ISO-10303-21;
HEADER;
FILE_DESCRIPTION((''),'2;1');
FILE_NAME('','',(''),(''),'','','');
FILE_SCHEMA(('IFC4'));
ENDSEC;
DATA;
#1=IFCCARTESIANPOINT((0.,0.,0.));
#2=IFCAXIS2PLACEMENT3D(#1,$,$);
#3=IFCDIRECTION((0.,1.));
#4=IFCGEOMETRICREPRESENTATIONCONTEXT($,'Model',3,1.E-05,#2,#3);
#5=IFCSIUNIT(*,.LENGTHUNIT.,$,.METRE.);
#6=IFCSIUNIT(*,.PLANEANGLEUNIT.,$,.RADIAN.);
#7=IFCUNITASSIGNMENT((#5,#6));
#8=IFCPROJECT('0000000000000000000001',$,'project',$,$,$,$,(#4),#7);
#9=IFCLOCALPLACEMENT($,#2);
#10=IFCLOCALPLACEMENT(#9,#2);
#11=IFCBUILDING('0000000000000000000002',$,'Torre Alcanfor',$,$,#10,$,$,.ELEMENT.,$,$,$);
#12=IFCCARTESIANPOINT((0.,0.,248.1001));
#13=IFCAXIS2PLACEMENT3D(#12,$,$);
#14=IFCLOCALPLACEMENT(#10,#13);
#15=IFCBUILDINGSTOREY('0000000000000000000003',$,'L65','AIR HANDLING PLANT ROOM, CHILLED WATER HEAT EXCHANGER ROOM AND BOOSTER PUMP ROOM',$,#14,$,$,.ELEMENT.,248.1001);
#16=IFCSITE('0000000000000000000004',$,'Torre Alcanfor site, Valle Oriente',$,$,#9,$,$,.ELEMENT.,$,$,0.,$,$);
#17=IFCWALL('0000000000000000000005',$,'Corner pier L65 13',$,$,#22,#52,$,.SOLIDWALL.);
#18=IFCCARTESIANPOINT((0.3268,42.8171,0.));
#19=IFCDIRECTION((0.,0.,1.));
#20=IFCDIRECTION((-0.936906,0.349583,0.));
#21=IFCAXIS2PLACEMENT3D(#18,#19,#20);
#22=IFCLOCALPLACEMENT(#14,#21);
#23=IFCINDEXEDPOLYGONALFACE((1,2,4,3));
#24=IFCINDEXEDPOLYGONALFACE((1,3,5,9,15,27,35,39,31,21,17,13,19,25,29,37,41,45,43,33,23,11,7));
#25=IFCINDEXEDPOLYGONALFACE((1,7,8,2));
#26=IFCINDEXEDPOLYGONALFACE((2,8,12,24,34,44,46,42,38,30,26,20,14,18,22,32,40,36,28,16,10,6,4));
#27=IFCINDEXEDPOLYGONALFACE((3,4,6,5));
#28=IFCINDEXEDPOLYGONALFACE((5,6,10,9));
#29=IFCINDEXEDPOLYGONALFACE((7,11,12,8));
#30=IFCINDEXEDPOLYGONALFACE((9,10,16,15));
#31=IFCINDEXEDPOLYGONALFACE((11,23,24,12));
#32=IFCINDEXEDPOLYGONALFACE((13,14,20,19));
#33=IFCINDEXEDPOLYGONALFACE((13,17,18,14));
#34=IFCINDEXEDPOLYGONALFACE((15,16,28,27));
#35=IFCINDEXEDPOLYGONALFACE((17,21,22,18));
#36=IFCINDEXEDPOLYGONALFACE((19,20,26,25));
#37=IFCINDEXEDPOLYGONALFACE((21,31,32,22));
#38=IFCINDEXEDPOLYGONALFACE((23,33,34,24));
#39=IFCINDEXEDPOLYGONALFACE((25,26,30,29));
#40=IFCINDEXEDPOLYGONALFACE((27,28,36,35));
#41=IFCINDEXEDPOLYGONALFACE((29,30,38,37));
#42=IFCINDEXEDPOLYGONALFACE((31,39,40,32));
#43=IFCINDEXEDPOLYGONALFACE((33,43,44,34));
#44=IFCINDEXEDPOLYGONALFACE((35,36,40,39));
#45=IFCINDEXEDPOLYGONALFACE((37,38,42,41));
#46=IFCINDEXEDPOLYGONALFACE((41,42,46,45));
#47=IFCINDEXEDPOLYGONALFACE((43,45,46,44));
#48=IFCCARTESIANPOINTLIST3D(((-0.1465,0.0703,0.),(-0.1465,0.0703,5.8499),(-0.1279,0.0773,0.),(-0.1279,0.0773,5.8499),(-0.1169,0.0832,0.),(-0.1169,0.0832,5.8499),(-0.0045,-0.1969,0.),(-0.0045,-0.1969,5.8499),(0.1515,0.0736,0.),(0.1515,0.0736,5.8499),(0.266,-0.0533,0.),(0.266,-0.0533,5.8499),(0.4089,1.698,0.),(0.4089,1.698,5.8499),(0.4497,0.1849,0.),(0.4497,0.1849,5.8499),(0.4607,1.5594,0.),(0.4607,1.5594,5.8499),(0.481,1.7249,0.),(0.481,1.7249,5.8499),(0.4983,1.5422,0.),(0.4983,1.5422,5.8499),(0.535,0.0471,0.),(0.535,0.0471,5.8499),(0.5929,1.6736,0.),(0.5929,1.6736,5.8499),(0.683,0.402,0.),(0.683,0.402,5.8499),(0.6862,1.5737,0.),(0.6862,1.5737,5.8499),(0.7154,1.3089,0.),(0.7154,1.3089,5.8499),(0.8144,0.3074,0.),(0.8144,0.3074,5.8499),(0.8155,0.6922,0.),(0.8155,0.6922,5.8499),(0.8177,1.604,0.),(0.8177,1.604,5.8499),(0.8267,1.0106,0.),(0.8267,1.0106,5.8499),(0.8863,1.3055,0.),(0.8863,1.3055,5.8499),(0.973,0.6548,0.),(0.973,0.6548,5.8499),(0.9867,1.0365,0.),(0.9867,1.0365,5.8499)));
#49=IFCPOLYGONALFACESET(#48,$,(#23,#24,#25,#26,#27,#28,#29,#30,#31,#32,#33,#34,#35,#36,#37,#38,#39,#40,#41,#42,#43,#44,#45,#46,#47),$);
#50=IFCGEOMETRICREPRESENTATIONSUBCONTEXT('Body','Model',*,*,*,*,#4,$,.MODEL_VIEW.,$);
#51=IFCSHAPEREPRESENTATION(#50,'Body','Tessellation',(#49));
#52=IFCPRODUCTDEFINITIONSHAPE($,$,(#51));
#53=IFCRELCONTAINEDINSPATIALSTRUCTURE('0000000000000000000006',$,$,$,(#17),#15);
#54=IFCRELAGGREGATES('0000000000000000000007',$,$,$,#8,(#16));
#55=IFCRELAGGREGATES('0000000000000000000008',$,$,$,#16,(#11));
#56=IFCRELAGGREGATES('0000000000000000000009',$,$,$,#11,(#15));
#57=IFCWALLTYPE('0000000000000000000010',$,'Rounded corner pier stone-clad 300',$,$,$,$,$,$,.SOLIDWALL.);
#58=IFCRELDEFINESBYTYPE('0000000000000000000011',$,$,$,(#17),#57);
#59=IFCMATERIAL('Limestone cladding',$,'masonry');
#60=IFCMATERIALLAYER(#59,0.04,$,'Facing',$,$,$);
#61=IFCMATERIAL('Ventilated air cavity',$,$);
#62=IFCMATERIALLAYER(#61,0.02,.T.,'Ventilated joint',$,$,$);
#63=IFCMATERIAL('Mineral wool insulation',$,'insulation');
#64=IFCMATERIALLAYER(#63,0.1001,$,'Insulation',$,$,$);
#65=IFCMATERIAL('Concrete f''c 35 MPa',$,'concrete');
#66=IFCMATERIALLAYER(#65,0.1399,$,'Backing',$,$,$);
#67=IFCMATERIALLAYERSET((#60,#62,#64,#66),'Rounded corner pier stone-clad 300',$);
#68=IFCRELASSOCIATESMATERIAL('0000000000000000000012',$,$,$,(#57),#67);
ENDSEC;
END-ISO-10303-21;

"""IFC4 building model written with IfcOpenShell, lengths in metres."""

from ifc_helpers import new_model, si_unit, direction, frame, origin, place, context, subcontext, project, spatial, polyline, outline, extrude, material, layer, layer_set, type_object, element, save


model = new_model("IFC4")

# Units and contexts
model_context = context("Model", 3, precision=1e-05, world=origin(), true_north=direction((0.0, 1.0)))
body_context = subcontext(model_context, "Body", "Model", "MODEL_VIEW")
ifc_project = project(units=[si_unit("LENGTHUNIT", "METRE"), si_unit("PLANEANGLEUNIT", "RADIAN")], contexts=[model_context])

# Site, building, storey
site_placement = place(None, origin())
site = spatial("IfcSite", under=ifc_project, at=site_placement, Name="Torre Alcanfor site, Valle Oriente", CompositionType="ELEMENT", RefElevation=0.0)
building_placement = place(site_placement, origin())
building = spatial("IfcBuilding", under=site, at=building_placement, Name="Torre Alcanfor", CompositionType="ELEMENT")
storey_placement = place(building_placement, frame((0.0, 0.0, 248.1001)))
storey = spatial("IfcBuildingStorey", under=building, at=storey_placement, Name="L65", Description="AIR HANDLING PLANT ROOM, CHILLED WATER HEAT EXCHANGER ROOM AND BOOSTER PUMP ROOM", CompositionType="ELEMENT", Elevation=248.1001)

# Wall
ifc_material_1 = material(Name="Limestone cladding", Category="masonry")
ifc_material_2 = material(Name="Ventilated air cavity")
ifc_material_3 = material(Name="Mineral wool insulation", Category="insulation")
ifc_material_4 = material(Name="Concrete f'c 35 MPa", Category="concrete")
ifc_layer_1 = layer(ifc_material_1, 0.04, Name="Facing")
ifc_layer_2 = layer(ifc_material_2, 0.02, ventilated=True, Name="Ventilated joint")
ifc_layer_3 = layer(ifc_material_3, 0.1001, Name="Insulation")
ifc_layer_4 = layer(ifc_material_4, 0.1399, Name="Backing")
ifc_layer_set_1 = layer_set([ifc_layer_1, ifc_layer_2, ifc_layer_3, ifc_layer_4], Name="Rounded corner pier stone-clad 300")
wall_type_1 = type_object("IfcWallType", Name="Rounded corner pier stone-clad 300", PredefinedType="SOLIDWALL", material=ifc_layer_set_1)
wall_1_placement = place(storey_placement, frame((0.3268, 42.8171, 0.0), z_axis=(0.0, 0.0, 1.0), x_axis=(-0.936906, 0.349583, 0.0)))
element("IfcWall", 1, at=wall_1_placement, inside=storey, type_object=wall_type_1, Name="Corner pier L65 13", PredefinedType="SOLIDWALL", context=body_context, shape_type="SweptSolid", body=[
    extrude(outline(polyline([(-0.0045, -0.1969), (0.266, -0.0533), (0.535, 0.0471), (0.8144, 0.3074), (0.973, 0.6548), (0.9867, 1.0365), (0.8863, 1.3055), (0.8177, 1.604), (0.6862, 1.5737), (0.5929, 1.6736), (0.481, 1.7249), (0.4089, 1.698), (0.4607, 1.5594), (0.4983, 1.5422), (0.7154, 1.3089), (0.8267, 1.0106), (0.8155, 0.6922), (0.683, 0.402), (0.4497, 0.1849), (0.1515, 0.0736), (-0.1169, 0.0832), (-0.1279, 0.0773), (-0.1465, 0.0703), (-0.0045, -0.1969)])), origin(), (0.0, 0.0, 1.0), 5.8499),
])

save(model, "model.ifc")
